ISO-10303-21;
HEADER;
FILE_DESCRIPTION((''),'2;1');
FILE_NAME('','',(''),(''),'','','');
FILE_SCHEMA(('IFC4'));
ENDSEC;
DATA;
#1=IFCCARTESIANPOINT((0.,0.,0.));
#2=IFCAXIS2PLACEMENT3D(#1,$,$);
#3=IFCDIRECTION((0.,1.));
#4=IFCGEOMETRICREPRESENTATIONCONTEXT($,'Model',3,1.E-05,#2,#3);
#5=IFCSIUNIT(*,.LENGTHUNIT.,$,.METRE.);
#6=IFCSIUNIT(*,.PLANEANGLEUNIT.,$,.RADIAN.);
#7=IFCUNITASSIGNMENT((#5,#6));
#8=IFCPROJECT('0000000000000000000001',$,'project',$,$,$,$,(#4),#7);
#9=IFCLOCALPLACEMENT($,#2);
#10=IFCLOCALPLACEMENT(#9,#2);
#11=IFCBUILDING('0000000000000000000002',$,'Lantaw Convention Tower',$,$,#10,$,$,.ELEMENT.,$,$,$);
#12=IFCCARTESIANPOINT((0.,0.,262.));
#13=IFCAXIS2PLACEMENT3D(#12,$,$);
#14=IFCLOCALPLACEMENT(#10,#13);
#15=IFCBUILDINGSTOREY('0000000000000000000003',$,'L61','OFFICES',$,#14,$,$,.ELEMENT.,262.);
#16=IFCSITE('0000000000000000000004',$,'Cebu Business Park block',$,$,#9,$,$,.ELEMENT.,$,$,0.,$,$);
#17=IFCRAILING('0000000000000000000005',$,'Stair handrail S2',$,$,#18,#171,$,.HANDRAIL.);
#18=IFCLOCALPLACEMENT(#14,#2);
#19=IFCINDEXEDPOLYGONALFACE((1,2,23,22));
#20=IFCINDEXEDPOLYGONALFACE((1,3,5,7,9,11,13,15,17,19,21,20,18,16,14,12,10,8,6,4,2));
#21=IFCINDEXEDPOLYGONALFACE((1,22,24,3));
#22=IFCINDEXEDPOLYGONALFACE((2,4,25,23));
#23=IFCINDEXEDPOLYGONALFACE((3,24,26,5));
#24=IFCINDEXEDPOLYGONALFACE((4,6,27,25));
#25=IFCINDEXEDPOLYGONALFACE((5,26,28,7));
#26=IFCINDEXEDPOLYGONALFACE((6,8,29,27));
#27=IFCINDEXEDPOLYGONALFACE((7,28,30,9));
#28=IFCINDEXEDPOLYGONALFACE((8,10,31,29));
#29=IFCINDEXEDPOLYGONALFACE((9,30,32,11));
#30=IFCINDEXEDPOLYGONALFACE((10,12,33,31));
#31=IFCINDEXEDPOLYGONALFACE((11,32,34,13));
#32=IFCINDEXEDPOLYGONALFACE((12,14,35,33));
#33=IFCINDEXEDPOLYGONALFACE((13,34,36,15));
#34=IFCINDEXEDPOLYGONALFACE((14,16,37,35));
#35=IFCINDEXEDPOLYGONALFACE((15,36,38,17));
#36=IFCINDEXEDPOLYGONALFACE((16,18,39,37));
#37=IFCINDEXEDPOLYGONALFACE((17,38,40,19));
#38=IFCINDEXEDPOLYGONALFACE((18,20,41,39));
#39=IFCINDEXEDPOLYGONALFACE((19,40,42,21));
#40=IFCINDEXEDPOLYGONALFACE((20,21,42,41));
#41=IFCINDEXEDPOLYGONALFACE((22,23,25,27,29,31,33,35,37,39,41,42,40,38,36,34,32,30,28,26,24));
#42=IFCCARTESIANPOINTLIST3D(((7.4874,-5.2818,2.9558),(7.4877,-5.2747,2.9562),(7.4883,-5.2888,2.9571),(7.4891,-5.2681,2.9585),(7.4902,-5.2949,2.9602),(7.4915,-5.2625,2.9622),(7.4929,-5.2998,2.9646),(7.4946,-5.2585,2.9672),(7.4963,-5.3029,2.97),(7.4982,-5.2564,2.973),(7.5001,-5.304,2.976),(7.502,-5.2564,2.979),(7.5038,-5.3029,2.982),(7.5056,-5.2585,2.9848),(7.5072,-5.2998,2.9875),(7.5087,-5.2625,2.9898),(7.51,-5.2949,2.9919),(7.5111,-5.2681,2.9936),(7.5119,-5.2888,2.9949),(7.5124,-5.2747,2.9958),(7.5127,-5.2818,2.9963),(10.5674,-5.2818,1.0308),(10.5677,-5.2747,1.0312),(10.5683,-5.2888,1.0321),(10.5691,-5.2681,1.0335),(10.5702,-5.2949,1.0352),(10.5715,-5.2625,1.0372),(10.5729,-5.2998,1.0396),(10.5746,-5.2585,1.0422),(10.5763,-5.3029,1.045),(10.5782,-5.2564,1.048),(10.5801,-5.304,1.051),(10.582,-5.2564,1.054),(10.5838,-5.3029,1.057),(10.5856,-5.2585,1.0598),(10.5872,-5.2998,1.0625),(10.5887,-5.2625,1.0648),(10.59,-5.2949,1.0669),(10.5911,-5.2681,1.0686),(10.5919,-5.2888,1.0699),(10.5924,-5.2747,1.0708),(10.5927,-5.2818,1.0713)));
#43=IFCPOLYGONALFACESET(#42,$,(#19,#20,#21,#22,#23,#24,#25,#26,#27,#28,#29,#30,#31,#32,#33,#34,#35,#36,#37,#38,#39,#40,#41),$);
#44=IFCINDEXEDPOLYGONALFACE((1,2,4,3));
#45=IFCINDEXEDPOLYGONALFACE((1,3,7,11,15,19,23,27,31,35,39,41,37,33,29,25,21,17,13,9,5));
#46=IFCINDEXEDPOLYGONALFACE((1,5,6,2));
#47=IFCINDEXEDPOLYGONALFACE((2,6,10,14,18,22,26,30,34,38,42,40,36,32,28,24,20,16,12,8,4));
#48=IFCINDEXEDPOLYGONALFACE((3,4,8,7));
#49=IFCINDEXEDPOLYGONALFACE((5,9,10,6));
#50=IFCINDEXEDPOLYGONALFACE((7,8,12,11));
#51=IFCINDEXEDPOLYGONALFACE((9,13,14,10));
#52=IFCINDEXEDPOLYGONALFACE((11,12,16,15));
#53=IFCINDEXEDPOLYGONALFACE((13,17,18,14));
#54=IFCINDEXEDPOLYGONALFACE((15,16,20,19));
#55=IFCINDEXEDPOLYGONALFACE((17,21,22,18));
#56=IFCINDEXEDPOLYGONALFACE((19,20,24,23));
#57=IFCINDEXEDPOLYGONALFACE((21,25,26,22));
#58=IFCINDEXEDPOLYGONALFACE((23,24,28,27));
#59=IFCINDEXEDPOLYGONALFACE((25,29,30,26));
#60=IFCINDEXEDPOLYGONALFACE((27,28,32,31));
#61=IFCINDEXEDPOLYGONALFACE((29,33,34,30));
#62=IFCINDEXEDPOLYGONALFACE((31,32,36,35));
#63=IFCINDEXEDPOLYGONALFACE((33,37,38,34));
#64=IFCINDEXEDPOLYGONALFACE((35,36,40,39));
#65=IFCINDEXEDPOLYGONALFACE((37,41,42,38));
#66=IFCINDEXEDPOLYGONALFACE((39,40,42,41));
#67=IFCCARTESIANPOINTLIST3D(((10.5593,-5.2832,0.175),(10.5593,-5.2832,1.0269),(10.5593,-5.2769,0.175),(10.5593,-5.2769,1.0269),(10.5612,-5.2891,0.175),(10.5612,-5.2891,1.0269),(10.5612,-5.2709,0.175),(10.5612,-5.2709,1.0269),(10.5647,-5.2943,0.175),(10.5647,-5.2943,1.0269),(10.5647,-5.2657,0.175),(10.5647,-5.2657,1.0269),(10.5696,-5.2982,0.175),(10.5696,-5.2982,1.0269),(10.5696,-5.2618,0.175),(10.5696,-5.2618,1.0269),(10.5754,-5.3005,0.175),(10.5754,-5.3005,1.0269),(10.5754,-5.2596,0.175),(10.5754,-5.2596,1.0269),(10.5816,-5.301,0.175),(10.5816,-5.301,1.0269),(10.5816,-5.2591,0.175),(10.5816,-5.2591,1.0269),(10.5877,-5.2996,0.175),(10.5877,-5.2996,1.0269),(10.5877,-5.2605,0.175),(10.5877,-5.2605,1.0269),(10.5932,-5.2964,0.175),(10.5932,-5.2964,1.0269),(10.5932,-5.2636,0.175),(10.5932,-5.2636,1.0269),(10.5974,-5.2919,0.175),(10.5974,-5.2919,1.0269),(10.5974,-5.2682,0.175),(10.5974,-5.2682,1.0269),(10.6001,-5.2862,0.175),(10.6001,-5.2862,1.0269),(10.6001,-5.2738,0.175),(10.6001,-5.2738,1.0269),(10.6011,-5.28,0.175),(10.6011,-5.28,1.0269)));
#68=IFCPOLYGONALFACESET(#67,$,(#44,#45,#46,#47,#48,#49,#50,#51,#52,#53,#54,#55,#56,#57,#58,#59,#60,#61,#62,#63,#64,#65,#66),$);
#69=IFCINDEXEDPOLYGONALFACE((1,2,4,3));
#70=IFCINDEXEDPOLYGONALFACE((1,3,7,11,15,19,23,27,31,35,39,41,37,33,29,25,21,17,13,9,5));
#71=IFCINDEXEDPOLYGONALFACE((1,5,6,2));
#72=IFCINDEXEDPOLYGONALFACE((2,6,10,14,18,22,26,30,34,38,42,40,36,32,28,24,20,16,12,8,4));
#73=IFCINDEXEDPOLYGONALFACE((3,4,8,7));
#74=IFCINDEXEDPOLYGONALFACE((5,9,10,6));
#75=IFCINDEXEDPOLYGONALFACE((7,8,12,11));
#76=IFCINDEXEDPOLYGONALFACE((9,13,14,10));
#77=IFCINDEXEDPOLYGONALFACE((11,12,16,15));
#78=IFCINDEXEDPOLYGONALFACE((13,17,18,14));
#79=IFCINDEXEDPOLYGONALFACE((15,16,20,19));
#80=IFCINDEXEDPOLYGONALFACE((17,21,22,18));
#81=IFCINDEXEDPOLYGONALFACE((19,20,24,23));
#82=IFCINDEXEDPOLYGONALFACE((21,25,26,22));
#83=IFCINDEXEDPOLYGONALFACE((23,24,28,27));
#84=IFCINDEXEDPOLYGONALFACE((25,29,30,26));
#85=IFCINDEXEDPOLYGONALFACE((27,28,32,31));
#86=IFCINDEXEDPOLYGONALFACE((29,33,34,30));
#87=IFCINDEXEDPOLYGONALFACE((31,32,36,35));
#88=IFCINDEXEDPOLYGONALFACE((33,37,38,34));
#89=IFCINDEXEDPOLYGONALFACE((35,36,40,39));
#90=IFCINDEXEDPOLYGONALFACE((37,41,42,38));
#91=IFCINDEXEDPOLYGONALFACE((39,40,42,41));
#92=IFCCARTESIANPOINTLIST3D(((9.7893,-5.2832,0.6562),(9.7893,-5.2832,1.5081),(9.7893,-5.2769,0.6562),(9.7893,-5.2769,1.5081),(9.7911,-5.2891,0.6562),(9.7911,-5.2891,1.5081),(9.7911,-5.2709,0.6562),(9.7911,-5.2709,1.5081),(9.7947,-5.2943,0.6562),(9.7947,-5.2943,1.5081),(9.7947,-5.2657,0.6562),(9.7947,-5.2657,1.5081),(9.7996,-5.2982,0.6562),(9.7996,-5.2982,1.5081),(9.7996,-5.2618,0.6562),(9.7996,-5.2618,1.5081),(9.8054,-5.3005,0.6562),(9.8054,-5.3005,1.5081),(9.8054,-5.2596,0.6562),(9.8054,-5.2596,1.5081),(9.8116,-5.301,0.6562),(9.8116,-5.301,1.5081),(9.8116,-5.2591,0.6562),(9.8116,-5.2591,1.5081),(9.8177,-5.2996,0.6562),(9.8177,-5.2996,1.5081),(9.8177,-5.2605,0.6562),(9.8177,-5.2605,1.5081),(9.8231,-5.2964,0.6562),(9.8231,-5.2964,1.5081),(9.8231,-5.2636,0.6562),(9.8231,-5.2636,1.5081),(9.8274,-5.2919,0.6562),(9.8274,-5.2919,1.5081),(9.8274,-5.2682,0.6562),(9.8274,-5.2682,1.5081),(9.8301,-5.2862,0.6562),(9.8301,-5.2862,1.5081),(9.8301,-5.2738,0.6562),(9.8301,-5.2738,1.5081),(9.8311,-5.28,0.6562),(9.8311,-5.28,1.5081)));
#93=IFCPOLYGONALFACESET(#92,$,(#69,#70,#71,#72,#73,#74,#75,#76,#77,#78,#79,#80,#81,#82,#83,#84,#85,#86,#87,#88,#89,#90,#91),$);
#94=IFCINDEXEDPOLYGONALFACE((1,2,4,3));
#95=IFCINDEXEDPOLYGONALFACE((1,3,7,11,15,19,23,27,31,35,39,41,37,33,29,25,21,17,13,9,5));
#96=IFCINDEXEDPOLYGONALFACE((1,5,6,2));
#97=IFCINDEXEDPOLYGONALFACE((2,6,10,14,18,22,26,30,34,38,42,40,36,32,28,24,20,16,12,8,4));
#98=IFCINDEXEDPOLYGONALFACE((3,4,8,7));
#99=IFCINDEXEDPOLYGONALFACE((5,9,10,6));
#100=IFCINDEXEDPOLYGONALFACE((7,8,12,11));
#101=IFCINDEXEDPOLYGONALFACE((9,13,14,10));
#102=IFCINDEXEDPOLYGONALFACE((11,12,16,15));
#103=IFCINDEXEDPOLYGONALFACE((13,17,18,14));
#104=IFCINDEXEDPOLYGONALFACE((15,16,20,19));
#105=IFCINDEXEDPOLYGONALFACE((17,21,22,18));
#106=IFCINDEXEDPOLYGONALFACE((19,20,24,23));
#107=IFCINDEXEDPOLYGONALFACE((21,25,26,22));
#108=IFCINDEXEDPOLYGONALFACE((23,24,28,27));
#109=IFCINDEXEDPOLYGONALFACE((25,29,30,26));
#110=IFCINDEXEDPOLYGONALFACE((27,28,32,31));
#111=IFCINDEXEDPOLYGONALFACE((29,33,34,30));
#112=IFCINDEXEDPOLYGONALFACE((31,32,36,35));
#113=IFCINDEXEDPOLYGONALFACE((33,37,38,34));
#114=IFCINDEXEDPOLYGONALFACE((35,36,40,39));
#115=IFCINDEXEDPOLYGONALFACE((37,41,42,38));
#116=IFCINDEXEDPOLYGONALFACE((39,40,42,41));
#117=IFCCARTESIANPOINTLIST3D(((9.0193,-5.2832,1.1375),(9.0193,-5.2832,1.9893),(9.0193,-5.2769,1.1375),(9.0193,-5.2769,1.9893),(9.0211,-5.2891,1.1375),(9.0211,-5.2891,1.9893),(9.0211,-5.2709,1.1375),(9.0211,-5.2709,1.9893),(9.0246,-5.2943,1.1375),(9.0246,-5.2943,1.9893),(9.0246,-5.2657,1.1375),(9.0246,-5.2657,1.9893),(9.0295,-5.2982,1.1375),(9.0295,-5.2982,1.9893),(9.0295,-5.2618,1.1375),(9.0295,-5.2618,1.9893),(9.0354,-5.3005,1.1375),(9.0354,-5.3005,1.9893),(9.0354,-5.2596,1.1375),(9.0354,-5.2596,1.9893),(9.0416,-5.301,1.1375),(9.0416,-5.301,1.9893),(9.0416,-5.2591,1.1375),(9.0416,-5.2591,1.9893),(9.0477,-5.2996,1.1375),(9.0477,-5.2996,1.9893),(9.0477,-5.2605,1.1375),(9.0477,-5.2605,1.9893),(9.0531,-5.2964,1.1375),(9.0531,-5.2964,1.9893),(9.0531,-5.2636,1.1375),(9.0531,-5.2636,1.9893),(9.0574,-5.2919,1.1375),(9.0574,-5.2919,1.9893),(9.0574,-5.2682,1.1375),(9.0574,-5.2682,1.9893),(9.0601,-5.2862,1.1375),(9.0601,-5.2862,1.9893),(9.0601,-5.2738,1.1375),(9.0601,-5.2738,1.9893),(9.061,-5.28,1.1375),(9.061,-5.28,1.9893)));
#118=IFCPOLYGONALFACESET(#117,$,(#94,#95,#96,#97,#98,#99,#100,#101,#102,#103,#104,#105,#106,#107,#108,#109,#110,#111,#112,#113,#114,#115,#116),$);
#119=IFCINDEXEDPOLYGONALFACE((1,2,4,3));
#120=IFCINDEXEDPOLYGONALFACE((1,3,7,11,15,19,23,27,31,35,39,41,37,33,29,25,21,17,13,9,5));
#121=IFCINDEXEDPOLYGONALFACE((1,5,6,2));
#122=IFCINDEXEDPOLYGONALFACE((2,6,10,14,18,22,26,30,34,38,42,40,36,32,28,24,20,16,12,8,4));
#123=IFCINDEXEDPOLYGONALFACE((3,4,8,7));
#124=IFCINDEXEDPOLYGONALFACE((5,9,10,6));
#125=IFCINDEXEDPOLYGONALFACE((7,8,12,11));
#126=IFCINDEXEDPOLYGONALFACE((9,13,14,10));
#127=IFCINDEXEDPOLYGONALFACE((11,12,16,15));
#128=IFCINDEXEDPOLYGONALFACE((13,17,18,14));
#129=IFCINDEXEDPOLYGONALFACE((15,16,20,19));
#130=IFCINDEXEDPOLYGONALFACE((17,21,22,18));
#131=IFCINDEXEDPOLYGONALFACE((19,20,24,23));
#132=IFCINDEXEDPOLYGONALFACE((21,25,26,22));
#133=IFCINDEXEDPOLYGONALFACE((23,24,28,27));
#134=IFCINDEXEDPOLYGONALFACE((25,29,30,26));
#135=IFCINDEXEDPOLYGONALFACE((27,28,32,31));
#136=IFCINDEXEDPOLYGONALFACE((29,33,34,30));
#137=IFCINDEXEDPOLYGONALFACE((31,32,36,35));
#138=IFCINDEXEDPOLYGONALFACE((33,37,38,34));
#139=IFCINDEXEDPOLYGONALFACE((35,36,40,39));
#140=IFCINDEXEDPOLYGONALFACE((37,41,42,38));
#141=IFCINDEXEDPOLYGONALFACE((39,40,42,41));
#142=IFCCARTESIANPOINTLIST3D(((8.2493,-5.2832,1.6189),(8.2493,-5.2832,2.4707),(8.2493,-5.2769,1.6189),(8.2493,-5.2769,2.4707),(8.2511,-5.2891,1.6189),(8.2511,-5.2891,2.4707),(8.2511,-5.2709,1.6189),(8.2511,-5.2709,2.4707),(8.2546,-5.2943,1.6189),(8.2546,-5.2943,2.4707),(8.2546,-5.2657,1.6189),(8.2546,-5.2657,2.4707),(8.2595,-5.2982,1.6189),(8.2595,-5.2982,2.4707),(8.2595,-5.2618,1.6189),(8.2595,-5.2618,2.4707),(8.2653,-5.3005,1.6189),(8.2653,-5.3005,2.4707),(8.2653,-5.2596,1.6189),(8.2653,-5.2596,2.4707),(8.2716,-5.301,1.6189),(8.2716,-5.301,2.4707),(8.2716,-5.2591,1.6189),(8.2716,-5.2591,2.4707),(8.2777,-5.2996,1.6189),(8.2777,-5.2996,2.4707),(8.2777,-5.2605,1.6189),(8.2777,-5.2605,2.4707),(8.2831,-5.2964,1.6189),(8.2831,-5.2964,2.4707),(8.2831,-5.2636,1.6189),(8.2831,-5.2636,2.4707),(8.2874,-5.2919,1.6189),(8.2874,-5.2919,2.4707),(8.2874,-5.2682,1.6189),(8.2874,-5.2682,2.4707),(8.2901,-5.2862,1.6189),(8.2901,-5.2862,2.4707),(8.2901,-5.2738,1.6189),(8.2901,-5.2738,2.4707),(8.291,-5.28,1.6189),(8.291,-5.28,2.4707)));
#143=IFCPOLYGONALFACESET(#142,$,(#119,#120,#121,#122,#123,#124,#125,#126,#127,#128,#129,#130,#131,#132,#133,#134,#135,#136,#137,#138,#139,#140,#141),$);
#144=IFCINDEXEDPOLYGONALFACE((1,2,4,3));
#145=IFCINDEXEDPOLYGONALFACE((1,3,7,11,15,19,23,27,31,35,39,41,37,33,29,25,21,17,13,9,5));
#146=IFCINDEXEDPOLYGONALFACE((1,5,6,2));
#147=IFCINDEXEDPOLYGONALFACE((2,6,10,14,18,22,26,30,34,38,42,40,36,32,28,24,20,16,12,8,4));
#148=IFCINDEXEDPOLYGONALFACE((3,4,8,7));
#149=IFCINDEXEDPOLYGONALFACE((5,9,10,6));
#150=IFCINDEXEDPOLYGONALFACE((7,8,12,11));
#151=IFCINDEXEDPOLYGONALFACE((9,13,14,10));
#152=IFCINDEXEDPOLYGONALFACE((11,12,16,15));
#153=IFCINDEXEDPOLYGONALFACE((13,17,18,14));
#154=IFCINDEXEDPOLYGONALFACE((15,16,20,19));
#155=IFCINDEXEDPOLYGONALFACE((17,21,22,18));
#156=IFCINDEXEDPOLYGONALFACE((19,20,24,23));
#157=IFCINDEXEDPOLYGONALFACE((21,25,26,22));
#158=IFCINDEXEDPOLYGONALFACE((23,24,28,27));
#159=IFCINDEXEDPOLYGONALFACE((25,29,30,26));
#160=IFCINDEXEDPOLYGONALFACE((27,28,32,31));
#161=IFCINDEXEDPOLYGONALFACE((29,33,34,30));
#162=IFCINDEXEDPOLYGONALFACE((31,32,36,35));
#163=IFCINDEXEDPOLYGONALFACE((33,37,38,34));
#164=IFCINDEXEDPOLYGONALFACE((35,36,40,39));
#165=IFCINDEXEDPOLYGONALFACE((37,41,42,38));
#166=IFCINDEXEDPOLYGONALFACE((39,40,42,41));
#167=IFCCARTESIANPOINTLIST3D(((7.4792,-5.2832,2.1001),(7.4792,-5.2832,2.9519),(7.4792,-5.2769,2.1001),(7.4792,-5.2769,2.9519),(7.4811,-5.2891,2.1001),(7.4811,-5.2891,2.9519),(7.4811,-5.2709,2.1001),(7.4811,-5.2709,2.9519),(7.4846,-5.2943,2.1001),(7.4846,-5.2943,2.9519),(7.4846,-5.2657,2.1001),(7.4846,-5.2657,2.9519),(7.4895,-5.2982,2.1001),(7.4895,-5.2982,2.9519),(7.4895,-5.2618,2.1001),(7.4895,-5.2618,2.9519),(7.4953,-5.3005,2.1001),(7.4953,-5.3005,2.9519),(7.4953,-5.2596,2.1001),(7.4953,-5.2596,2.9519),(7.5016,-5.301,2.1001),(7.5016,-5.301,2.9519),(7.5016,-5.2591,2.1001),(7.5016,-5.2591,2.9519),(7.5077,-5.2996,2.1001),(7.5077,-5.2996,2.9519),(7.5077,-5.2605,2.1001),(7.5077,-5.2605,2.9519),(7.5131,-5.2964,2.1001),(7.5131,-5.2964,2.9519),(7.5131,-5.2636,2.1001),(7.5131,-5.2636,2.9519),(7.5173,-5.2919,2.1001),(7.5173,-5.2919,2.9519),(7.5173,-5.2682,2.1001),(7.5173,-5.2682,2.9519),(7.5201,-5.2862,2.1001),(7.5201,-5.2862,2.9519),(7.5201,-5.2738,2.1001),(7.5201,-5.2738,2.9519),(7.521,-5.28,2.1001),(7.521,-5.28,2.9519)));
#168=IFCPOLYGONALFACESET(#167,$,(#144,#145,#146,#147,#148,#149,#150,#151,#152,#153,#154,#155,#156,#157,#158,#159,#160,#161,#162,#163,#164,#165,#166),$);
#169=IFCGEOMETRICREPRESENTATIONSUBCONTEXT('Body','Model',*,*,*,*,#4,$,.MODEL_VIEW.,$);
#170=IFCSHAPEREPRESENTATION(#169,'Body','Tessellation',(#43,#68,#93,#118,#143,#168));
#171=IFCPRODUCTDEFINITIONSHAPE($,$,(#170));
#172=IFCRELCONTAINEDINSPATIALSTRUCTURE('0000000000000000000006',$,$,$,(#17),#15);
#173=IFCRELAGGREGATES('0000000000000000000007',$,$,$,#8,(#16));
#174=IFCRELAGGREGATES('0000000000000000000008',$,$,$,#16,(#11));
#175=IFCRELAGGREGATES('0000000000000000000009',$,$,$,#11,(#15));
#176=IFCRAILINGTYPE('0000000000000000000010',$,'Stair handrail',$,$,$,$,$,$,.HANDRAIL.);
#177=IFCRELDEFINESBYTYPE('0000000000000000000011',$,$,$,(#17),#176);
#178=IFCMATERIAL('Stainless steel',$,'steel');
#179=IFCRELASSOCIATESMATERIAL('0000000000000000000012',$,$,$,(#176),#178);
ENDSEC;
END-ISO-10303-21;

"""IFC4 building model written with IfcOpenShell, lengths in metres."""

from ifc_helpers import new_model, si_unit, direction, frame, origin, origin_2d, place, context, subcontext, project, spatial, circle, extrude, material, type_object, element, save


model = new_model("IFC4")

# Units and contexts
model_context = context("Model", 3, precision=1e-05, world=origin(), true_north=direction((0.0, 1.0)))
body_context = subcontext(model_context, "Body", "Model", "MODEL_VIEW")
ifc_project = project(units=[si_unit("LENGTHUNIT", "METRE"), si_unit("PLANEANGLEUNIT", "RADIAN")], contexts=[model_context])

# Site, building, storey
site_placement = place(None, origin())
site = spatial("IfcSite", under=ifc_project, at=site_placement, Name="Cebu Business Park block", CompositionType="ELEMENT", RefElevation=0.0)
building_placement = place(site_placement, origin())
building = spatial("IfcBuilding", under=site, at=building_placement, Name="Lantaw Convention Tower", CompositionType="ELEMENT")
storey_placement = place(building_placement, frame((0.0, 0.0, 262.0)))
storey = spatial("IfcBuildingStorey", under=building, at=storey_placement, Name="L61", Description="OFFICES", CompositionType="ELEMENT", Elevation=262.0)

# Railing
ifc_material_1 = material(Name="Stainless steel", Category="steel")
railing_type = type_object("IfcRailingType", Name="Stair handrail", PredefinedType="HANDRAIL", material=ifc_material_1)
railing_1_placement = place(storey_placement, frame((10.5801, -5.28, 0.175)))
element("IfcRailing", 1, at=railing_1_placement, inside=storey, type_object=railing_type, Name="Stair handrail S2", PredefinedType="HANDRAIL", context=body_context, shape_type="SweptSolid", body=[
    extrude(circle(Radius=0.0239, at=origin_2d()), frame((0.0, 0.0, 0.876), z_axis=(-0.847998, 0.0, 0.529999), x_axis=(0.0, -1.0, 0.0)), (0.0, 0.0, 1.0), 3.6321),
    extrude(circle(Radius=0.021, at=origin_2d()), origin(), (0.0, 0.0, 1.0), 0.8518),
    extrude(circle(Radius=0.021, at=origin_2d()), frame((-0.77, 0.0, 0.4812)), (0.0, 0.0, 1.0), 0.8518),
    extrude(circle(Radius=0.021, at=origin_2d()), frame((-1.54, 0.0, 0.9624)), (0.0, 0.0, 1.0), 0.8518),
    extrude(circle(Radius=0.021, at=origin_2d()), frame((-2.3101, 0.0, 1.4438)), (0.0, 0.0, 1.0), 0.8518),
    extrude(circle(Radius=0.021, at=origin_2d()), frame((-3.0801, 0.0, 1.925)), (0.0, 0.0, 1.0), 0.8518),
])

save(model, "model.ifc")
